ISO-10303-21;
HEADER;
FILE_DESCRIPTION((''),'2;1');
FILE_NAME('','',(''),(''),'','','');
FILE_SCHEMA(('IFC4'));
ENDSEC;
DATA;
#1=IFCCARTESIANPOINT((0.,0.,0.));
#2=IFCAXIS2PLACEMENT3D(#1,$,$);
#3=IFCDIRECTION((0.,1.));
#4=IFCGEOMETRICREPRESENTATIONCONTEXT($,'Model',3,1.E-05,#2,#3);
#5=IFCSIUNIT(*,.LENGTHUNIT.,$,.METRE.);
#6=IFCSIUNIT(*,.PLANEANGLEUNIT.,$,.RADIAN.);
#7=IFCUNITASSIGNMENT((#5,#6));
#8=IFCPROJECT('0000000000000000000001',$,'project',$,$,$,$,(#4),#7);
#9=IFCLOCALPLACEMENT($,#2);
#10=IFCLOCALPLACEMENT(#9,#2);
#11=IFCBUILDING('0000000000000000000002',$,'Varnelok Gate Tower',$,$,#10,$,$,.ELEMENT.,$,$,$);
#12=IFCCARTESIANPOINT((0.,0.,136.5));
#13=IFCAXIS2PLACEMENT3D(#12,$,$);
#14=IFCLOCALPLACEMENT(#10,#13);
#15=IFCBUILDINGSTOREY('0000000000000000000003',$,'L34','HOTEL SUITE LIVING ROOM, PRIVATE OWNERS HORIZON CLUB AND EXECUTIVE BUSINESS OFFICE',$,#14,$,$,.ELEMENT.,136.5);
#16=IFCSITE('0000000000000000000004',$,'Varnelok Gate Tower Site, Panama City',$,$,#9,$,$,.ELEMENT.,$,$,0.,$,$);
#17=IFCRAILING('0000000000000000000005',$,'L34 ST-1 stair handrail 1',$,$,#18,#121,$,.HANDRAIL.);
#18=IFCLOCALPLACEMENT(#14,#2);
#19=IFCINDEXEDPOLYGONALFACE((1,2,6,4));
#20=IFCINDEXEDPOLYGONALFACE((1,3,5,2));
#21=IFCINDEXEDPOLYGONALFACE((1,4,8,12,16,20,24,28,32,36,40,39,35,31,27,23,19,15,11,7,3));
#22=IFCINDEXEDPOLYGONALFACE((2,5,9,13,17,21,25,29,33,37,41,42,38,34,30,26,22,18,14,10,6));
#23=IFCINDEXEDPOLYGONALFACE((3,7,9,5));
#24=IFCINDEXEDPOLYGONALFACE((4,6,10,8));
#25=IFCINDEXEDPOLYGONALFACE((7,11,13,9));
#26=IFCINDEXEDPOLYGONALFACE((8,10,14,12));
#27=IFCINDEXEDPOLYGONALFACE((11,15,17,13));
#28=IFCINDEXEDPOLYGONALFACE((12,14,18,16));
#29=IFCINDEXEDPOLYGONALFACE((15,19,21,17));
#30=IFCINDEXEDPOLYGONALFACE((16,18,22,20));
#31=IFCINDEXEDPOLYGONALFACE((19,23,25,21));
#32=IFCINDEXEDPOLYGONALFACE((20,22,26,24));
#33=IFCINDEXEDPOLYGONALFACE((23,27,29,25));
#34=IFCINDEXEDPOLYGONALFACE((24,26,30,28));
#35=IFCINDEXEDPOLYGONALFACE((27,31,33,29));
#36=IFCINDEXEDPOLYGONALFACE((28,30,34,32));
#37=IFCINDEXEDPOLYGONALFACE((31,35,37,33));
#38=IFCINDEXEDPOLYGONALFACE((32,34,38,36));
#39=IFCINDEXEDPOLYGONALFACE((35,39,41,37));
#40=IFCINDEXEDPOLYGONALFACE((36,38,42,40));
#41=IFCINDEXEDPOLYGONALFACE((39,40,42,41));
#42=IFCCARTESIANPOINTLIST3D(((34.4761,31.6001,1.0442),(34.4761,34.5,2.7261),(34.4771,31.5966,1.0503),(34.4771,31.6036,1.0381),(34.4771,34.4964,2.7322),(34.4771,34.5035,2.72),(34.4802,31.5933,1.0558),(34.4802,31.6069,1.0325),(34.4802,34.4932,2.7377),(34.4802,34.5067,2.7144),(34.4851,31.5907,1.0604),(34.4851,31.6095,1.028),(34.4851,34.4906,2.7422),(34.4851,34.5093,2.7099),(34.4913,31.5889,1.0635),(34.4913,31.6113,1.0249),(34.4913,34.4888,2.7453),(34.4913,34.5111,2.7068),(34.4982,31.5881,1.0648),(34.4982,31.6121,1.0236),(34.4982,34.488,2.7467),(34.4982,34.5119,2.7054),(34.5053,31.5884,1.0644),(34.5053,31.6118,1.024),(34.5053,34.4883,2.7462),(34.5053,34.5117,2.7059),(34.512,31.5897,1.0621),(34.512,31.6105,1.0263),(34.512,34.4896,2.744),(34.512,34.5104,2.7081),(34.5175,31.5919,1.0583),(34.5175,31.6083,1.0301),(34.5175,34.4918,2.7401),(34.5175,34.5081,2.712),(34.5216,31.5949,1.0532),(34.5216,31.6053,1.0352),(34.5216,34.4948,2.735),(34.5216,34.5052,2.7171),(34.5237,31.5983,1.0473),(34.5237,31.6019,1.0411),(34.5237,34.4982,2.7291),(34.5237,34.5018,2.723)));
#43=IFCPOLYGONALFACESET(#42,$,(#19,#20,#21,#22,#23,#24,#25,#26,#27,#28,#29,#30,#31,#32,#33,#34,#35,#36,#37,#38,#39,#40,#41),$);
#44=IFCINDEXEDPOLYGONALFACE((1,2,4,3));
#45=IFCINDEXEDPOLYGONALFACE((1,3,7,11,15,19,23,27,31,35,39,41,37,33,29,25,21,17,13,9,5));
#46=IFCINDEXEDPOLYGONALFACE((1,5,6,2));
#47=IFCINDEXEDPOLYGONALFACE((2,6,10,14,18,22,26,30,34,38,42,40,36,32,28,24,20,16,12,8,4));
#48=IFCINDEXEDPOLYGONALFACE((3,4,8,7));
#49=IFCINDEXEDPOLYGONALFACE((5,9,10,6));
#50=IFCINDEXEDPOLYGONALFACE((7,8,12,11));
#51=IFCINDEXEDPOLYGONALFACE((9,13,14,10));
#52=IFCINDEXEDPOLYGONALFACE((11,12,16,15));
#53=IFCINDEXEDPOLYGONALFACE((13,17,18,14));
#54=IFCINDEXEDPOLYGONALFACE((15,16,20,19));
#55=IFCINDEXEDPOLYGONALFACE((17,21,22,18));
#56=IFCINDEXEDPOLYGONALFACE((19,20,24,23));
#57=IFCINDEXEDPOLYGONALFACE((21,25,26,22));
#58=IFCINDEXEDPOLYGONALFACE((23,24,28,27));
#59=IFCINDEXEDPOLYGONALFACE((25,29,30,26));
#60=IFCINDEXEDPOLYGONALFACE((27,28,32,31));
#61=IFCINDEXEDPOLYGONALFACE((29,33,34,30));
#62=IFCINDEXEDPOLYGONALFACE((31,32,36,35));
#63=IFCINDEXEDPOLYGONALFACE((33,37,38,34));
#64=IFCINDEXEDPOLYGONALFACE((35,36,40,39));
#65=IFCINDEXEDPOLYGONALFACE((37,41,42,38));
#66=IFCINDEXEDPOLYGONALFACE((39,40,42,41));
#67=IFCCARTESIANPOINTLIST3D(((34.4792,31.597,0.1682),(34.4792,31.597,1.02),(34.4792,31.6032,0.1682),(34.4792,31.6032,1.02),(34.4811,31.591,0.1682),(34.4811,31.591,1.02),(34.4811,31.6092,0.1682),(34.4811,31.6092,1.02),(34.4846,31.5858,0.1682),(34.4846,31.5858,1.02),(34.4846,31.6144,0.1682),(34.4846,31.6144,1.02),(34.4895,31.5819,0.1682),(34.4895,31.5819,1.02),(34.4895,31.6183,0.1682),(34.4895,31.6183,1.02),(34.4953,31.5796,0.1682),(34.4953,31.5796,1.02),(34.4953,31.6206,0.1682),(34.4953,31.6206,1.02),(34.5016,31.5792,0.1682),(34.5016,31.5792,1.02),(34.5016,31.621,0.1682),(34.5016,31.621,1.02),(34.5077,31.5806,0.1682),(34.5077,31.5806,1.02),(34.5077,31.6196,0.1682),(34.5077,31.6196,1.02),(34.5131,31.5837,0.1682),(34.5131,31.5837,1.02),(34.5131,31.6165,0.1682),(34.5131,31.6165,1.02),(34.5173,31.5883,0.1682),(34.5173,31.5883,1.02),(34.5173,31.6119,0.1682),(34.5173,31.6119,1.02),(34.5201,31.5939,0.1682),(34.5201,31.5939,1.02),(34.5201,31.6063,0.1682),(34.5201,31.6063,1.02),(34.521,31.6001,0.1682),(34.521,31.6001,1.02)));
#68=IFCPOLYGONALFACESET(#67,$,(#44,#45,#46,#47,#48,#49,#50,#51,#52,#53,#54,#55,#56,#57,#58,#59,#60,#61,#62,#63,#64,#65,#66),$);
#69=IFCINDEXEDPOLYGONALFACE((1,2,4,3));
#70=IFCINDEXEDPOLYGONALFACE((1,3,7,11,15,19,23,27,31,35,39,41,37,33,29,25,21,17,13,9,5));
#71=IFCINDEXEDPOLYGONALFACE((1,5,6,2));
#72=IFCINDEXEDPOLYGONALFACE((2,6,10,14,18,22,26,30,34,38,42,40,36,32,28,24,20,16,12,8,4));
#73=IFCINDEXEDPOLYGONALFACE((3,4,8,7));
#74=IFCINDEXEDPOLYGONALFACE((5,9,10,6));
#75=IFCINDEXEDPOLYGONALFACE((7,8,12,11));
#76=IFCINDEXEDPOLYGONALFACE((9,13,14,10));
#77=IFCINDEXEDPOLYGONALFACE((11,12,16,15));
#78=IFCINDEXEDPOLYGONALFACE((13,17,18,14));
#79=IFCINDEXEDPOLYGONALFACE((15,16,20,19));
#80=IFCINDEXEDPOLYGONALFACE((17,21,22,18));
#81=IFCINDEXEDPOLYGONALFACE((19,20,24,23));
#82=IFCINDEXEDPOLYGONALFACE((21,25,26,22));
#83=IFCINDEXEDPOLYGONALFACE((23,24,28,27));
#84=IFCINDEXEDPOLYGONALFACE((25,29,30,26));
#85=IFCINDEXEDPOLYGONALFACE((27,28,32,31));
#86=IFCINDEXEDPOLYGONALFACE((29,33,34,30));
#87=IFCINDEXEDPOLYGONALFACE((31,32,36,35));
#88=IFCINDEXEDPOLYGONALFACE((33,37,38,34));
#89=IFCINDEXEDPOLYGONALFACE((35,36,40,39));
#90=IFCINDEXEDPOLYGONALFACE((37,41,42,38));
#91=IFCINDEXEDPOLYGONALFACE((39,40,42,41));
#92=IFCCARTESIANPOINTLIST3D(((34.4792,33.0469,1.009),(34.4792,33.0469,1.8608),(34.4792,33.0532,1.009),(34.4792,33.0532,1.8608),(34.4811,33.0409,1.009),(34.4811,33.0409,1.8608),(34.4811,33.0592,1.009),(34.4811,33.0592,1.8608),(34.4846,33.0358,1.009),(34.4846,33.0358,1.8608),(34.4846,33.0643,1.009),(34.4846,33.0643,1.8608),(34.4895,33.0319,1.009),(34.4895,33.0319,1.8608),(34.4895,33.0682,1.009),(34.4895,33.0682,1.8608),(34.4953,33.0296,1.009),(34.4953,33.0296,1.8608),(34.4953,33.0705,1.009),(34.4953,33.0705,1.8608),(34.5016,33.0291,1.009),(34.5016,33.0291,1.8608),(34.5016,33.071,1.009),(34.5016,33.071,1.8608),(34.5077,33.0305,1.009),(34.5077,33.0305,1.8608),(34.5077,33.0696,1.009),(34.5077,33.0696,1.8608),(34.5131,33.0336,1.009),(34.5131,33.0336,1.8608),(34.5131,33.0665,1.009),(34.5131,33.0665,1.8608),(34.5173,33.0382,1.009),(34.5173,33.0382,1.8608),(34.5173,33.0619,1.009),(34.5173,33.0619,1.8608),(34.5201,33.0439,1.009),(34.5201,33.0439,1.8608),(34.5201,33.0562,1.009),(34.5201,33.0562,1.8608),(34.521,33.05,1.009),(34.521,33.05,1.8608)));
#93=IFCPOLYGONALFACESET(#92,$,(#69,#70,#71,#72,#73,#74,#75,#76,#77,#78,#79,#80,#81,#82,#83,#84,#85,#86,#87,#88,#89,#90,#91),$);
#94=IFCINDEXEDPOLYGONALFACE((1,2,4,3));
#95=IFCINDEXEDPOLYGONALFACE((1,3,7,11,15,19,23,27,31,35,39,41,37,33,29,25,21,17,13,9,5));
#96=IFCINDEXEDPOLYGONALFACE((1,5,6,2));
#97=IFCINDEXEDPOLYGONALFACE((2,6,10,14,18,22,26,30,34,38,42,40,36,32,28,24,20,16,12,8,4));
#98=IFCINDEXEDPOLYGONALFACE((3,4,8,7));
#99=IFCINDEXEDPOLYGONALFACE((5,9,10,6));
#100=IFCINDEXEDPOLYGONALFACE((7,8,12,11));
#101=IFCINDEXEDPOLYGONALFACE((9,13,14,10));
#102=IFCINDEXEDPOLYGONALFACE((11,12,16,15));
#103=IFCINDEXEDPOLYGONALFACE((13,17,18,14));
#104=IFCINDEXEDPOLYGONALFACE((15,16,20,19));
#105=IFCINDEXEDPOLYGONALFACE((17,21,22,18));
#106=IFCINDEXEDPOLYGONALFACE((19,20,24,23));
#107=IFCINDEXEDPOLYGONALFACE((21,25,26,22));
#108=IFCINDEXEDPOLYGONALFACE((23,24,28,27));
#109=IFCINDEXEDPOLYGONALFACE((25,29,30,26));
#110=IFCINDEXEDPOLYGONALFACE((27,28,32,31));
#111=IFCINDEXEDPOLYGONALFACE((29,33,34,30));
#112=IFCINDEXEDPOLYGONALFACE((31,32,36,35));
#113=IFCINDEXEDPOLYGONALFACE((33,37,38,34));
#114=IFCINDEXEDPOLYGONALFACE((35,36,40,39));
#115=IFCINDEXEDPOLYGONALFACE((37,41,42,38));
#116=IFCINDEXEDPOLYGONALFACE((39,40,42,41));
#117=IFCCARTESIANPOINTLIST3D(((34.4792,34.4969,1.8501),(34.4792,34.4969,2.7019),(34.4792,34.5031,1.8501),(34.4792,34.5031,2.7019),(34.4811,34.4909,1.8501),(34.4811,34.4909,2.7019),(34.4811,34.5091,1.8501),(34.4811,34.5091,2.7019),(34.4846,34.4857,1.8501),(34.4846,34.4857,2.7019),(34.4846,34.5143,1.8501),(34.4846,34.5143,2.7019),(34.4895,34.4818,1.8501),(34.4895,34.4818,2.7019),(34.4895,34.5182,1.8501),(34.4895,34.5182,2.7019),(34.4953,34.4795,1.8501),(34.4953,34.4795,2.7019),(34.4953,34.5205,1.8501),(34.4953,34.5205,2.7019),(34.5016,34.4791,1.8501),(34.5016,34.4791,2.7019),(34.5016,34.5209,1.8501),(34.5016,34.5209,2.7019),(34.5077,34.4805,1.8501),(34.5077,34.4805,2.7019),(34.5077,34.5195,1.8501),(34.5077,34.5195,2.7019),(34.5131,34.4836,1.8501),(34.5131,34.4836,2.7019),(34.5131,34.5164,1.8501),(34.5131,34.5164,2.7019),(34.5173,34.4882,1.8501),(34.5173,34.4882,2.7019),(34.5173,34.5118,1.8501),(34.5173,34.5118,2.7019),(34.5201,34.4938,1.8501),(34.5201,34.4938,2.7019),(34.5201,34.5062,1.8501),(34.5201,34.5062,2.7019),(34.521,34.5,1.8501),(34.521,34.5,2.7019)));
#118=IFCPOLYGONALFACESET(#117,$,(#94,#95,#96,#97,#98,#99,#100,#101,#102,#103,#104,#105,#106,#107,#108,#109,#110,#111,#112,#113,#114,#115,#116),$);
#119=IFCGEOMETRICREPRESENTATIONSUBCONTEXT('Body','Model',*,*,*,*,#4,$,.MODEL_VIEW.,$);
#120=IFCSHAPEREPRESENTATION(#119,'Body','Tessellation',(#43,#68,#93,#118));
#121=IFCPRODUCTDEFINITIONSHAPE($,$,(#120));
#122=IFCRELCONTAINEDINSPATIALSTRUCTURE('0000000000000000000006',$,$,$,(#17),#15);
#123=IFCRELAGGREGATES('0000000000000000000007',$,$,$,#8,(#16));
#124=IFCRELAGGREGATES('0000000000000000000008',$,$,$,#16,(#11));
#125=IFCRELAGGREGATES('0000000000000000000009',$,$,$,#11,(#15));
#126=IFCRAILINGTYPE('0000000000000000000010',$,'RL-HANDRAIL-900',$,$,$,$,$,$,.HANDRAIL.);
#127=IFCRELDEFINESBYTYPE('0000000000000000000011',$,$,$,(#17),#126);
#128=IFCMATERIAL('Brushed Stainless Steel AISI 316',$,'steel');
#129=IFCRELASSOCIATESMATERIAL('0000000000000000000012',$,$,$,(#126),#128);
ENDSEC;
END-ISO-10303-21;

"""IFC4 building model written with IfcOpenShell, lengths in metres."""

from ifc_helpers import new_model, si_unit, direction, frame, origin, origin_2d, place, context, subcontext, project, spatial, circle, extrude, material, type_object, element, save


model = new_model("IFC4")

# Units and contexts
model_context = context("Model", 3, precision=1e-05, world=origin(), true_north=direction((0.0, 1.0)))
body_context = subcontext(model_context, "Body", "Model", "MODEL_VIEW")
ifc_project = project(units=[si_unit("LENGTHUNIT", "METRE"), si_unit("PLANEANGLEUNIT", "RADIAN")], contexts=[model_context])

# Site, building, storey
site_placement = place(None, origin())
site = spatial("IfcSite", under=ifc_project, at=site_placement, Name="Varnelok Gate Tower Site, Panama City", CompositionType="ELEMENT", RefElevation=0.0)
building_placement = place(site_placement, origin())
building = spatial("IfcBuilding", under=site, at=building_placement, Name="Varnelok Gate Tower", CompositionType="ELEMENT")
storey_placement = place(building_placement, frame((0.0, 0.0, 136.5)))
storey = spatial("IfcBuildingStorey", under=building, at=storey_placement, Name="L34", Description="HOTEL SUITE LIVING ROOM, PRIVATE OWNERS HORIZON CLUB AND EXECUTIVE BUSINESS OFFICE", CompositionType="ELEMENT", Elevation=136.5)

# Railing
ifc_material_1 = material(Name="Brushed Stainless Steel AISI 316", Category="steel")
railing_type_1 = type_object("IfcRailingType", Name="RL-HANDRAIL-900", PredefinedType="HANDRAIL", material=ifc_material_1)
railing_1_placement = place(storey_placement, frame((34.5, 31.6001, 0.1682)))
element("IfcRailing", 1, at=railing_1_placement, inside=storey, type_object=railing_type_1, Name="L34 ST-1 stair handrail 1", PredefinedType="HANDRAIL", context=body_context, shape_type="SweptSolid", body=[
    extrude(circle(Radius=0.0239, at=origin_2d()), frame((0.0, 0.0, 0.876), z_axis=(0.0, 0.865039, 0.501705), x_axis=(-1.0, 0.0, 0.0)), (0.0, 0.0, 1.0), 3.3523),
    extrude(circle(Radius=0.021, at=origin_2d()), origin(), (0.0, 0.0, 1.0), 0.8518),
    extrude(circle(Radius=0.021, at=origin_2d()), frame((0.0, 1.45, 0.8408)), (0.0, 0.0, 1.0), 0.8518),
    extrude(circle(Radius=0.021, at=origin_2d()), frame((0.0, 2.8999, 1.6819)), (0.0, 0.0, 1.0), 0.8518),
])

save(model, "model.ifc")
